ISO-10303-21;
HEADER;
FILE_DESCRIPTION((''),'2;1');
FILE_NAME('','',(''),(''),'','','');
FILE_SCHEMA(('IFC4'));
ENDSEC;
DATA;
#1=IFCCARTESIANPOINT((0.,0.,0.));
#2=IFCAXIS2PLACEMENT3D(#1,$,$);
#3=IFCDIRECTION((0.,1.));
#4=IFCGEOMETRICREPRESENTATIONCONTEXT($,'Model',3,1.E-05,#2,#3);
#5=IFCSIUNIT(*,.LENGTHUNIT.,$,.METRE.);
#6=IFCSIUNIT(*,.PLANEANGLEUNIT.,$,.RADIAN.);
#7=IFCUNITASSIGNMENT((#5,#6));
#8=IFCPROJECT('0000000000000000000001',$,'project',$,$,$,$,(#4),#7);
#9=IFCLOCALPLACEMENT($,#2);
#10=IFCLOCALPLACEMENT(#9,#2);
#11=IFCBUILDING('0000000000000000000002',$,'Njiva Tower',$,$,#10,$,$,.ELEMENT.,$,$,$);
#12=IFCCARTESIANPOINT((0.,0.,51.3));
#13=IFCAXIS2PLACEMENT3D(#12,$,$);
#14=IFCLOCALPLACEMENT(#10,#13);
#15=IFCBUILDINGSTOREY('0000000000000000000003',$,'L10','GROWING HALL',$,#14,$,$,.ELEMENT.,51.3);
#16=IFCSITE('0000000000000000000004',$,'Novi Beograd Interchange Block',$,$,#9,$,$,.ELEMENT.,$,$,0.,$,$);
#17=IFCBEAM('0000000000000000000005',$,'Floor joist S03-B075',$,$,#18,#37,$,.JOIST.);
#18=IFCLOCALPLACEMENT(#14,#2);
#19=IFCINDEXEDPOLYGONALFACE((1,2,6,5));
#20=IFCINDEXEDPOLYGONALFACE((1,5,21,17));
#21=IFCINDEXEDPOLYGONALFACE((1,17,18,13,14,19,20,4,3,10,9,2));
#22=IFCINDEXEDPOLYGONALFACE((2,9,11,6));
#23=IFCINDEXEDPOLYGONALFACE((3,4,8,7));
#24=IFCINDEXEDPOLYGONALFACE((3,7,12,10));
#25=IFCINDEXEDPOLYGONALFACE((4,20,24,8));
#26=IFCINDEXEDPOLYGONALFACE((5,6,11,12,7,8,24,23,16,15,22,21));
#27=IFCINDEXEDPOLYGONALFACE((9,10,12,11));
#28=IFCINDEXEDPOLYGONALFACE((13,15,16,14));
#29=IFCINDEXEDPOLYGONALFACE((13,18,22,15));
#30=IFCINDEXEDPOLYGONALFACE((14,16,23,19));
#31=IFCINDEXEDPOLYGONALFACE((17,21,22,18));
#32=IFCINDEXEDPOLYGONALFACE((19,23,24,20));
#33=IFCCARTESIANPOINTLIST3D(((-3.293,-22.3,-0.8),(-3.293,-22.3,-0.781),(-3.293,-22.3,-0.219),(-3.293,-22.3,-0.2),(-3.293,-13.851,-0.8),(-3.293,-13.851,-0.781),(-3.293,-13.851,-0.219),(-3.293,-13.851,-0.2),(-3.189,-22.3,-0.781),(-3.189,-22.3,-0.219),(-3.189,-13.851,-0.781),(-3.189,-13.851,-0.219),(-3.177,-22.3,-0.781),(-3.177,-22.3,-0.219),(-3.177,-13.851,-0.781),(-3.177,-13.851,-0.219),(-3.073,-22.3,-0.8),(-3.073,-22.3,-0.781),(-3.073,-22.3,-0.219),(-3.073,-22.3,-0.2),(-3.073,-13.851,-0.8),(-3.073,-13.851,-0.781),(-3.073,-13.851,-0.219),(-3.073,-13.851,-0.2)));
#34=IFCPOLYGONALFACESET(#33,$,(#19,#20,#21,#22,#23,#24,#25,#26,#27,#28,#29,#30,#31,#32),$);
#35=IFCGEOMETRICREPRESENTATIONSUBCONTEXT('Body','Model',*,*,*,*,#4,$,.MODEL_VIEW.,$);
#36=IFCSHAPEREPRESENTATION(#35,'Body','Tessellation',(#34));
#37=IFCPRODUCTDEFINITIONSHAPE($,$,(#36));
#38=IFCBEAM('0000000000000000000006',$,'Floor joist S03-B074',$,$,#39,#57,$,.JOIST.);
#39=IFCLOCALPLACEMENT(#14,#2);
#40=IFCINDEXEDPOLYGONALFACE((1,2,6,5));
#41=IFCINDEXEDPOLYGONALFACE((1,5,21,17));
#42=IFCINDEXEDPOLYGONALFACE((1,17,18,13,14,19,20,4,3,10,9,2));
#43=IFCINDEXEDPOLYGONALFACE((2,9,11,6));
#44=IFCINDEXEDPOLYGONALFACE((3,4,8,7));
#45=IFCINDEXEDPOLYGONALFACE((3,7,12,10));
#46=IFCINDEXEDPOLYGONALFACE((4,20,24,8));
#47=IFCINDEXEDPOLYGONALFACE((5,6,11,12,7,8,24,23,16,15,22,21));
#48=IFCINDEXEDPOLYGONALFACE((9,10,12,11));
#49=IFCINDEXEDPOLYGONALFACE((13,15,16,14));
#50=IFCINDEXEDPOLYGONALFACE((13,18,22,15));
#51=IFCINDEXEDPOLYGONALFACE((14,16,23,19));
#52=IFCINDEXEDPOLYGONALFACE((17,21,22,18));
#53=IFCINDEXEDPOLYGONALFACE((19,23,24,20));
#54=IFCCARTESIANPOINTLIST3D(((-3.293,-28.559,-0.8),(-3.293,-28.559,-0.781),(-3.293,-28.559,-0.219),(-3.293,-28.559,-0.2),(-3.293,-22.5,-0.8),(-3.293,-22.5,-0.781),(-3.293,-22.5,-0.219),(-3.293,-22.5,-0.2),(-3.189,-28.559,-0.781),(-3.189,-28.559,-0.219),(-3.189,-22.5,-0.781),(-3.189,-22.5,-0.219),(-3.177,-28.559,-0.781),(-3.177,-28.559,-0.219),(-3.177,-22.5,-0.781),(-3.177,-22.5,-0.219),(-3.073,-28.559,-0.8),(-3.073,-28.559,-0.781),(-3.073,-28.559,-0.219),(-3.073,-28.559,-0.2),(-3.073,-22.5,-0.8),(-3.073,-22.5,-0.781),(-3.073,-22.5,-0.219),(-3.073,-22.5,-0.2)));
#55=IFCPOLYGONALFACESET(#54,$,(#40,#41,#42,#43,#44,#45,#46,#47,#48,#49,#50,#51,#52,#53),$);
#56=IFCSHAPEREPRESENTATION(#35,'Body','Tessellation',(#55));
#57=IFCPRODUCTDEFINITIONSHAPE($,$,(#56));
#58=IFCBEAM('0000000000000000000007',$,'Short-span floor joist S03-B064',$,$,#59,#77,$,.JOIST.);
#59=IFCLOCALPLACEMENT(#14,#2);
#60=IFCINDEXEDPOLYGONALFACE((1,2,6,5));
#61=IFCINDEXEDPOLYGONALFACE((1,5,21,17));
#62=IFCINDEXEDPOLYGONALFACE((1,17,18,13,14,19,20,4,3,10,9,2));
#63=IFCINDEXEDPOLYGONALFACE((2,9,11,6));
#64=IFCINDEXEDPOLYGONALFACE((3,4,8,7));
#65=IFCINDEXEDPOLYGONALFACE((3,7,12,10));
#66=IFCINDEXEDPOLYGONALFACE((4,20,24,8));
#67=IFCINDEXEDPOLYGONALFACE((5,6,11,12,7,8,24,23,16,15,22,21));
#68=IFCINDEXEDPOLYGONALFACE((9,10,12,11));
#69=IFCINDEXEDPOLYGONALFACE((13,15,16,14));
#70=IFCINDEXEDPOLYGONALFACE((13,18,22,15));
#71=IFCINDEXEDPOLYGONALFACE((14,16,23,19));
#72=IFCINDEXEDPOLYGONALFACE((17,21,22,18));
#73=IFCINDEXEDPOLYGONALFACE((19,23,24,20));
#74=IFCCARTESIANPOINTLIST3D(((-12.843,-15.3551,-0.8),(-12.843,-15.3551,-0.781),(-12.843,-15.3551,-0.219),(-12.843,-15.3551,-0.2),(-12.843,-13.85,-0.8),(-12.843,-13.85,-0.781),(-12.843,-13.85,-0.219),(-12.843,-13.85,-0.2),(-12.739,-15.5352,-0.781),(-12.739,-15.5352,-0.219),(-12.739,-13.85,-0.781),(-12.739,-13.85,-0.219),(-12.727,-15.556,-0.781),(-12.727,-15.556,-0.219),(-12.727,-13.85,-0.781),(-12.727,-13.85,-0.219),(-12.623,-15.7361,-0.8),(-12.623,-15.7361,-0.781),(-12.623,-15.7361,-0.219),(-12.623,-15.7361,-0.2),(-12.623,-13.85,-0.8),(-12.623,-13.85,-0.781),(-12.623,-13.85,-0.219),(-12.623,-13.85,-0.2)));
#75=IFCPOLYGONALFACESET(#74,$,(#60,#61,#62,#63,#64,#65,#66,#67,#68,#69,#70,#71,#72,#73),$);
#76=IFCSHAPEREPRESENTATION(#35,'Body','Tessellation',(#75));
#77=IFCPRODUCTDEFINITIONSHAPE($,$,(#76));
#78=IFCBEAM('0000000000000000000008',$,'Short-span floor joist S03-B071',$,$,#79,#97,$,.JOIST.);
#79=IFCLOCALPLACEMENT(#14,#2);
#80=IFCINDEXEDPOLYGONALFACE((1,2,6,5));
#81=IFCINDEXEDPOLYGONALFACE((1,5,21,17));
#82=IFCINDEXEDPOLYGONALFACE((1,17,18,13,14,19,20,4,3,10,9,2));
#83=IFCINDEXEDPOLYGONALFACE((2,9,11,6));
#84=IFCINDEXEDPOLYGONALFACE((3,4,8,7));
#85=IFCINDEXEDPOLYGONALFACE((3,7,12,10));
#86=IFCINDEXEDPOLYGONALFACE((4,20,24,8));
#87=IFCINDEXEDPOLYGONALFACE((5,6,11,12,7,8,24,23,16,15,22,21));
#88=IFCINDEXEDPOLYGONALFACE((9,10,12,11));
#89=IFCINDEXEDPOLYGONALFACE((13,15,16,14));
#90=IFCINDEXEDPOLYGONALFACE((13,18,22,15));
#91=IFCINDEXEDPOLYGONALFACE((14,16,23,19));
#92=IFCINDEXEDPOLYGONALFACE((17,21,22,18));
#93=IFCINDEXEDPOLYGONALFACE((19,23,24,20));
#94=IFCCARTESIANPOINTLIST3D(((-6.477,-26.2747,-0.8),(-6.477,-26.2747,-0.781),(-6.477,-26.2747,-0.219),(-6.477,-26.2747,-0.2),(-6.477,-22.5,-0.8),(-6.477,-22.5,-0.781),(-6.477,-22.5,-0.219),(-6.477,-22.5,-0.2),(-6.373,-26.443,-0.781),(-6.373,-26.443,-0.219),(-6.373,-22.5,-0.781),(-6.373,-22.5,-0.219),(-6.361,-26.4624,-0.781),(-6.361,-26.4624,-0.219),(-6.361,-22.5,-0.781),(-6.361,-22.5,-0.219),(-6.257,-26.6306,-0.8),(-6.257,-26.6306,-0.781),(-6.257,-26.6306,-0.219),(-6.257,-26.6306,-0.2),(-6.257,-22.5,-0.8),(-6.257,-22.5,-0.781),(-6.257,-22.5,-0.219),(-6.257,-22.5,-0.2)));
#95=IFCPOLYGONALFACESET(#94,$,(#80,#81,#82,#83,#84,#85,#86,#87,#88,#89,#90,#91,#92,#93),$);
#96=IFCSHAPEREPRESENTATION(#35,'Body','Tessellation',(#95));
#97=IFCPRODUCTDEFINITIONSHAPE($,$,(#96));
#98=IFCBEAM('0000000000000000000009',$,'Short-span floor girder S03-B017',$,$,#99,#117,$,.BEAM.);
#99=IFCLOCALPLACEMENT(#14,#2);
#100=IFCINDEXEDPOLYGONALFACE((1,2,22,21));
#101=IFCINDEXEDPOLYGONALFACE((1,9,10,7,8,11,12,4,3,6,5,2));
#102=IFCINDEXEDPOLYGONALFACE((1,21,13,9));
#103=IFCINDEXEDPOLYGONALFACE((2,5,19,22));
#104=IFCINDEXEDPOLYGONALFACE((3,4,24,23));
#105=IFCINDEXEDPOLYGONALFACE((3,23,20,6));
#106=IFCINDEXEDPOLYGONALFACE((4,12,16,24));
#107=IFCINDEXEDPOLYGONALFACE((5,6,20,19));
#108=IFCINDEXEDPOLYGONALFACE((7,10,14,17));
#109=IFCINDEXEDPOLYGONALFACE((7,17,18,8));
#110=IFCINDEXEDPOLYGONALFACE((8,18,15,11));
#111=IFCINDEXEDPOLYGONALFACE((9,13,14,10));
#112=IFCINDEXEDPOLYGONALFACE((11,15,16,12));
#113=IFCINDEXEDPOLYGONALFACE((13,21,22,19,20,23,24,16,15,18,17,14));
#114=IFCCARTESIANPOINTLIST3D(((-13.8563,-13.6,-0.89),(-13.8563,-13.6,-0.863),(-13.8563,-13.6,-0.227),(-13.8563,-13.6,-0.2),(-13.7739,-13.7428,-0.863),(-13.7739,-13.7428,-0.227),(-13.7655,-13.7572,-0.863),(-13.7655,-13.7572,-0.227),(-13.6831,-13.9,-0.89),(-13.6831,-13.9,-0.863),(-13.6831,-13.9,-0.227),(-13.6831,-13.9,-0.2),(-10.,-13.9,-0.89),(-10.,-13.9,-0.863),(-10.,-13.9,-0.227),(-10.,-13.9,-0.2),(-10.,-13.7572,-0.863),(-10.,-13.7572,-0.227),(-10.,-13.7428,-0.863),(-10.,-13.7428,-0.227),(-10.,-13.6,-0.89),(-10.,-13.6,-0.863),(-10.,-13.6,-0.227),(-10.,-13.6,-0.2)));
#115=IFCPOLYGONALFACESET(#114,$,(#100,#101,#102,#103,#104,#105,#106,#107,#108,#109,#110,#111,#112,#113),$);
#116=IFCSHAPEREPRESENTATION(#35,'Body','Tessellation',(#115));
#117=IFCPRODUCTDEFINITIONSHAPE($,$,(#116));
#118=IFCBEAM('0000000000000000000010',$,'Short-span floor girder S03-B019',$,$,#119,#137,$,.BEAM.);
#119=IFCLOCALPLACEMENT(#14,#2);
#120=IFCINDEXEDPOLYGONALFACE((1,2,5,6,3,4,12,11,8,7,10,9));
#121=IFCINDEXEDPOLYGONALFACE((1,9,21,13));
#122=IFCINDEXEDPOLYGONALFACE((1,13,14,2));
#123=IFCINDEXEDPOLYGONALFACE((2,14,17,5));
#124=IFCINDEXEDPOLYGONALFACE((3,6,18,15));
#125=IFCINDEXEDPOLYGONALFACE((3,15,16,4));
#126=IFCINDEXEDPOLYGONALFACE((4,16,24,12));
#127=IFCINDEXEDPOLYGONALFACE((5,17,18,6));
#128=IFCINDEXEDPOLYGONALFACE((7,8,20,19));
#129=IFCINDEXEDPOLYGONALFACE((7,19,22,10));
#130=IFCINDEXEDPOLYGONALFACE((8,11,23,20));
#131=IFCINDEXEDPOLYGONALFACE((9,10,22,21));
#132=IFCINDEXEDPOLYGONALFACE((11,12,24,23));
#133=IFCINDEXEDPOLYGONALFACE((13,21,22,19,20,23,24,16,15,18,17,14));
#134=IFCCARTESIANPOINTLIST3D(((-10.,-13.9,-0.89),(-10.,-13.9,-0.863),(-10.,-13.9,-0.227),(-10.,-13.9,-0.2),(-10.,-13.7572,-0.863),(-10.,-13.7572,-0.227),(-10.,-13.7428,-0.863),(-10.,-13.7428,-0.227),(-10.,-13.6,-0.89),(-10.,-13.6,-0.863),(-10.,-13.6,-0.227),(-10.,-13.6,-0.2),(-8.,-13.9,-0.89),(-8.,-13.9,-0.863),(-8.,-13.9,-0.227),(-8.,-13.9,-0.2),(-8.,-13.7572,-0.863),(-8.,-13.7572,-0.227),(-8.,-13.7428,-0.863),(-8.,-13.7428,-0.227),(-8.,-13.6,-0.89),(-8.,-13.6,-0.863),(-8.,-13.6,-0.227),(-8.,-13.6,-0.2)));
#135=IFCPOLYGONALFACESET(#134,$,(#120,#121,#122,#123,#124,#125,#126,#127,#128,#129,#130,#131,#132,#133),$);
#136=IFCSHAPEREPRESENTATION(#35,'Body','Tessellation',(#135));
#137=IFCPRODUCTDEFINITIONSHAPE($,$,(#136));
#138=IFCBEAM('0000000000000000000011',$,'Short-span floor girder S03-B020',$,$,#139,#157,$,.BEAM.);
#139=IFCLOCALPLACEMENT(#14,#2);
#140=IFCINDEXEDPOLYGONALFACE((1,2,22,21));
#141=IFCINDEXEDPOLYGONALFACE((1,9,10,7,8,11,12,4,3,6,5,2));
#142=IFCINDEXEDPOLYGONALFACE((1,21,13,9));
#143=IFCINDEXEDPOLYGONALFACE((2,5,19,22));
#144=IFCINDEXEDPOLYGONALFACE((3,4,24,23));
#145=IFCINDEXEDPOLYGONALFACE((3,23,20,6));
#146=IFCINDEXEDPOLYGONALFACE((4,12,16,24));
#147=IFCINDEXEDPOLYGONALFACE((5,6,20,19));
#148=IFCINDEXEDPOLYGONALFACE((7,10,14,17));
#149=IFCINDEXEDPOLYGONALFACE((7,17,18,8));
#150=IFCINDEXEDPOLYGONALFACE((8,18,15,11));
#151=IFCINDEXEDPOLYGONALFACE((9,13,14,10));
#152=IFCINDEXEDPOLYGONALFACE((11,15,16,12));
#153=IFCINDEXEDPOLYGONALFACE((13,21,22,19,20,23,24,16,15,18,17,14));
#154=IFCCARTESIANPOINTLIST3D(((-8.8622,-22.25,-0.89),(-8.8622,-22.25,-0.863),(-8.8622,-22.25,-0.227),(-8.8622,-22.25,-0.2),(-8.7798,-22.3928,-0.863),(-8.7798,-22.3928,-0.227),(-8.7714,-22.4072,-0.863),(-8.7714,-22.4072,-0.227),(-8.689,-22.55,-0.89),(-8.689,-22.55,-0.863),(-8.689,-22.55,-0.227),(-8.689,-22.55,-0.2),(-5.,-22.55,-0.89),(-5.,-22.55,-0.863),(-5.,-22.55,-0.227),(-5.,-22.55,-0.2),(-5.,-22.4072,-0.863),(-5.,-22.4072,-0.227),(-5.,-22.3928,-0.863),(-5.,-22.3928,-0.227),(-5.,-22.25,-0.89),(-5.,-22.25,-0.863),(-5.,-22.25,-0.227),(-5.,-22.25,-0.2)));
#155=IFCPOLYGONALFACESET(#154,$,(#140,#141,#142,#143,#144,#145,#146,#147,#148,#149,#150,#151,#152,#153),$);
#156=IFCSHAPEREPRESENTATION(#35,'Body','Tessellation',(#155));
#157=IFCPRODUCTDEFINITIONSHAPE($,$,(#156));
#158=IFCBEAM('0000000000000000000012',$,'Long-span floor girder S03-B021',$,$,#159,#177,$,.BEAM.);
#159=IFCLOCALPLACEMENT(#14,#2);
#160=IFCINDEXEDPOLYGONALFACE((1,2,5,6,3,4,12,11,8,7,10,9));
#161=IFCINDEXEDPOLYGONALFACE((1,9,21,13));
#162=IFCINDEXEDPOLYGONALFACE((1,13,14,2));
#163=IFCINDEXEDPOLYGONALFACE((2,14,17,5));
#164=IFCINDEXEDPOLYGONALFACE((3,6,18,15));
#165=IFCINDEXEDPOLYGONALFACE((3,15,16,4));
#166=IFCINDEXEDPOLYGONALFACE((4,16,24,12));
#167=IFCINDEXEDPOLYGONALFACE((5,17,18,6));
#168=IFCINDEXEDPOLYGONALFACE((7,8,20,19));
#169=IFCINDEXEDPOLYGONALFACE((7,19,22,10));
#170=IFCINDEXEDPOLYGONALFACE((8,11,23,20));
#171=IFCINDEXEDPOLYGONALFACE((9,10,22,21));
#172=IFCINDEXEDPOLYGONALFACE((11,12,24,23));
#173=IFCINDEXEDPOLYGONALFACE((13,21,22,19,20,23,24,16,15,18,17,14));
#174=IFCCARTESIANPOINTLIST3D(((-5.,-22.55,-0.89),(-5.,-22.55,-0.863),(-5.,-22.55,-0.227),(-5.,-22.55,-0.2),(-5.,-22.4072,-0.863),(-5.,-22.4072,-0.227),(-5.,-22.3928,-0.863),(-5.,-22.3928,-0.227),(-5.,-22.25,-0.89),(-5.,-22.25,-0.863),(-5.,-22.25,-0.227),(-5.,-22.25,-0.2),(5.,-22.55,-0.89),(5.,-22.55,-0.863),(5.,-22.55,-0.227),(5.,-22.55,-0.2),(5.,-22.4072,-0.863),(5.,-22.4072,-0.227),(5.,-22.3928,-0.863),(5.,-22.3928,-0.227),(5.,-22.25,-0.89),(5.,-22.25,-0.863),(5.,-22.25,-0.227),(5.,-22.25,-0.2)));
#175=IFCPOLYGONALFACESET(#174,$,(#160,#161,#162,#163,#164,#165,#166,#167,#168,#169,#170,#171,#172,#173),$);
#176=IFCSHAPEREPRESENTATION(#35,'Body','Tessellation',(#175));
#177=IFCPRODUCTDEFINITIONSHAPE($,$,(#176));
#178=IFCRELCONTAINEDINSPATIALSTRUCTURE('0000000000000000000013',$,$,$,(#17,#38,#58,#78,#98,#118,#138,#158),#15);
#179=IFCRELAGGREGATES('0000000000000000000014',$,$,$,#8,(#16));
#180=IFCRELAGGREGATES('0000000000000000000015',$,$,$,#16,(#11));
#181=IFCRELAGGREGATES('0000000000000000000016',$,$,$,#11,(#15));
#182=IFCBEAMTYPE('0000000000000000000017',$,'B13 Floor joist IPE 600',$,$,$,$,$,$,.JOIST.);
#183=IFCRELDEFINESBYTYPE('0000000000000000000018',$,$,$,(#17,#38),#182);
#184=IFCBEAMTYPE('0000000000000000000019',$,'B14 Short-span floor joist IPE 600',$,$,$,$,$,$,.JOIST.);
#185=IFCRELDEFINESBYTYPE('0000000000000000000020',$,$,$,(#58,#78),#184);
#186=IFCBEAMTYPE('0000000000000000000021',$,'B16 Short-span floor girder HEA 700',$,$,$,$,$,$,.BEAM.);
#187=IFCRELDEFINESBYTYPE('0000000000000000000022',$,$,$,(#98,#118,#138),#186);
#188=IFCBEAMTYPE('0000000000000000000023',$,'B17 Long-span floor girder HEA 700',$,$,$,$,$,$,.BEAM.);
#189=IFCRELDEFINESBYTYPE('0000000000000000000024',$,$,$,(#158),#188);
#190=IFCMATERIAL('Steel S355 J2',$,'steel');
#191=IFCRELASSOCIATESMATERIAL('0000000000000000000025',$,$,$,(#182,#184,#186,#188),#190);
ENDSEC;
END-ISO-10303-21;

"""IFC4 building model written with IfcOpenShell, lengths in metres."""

from ifc_helpers import new_model, si_unit, direction, frame, origin, origin_2d, place, context, subcontext, project, spatial, i_section, extrude, clip, halfspace, material, material_profile, profile_set, type_object, element, save


model = new_model("IFC4")

# Units and contexts
model_context = context("Model", 3, precision=1e-05, world=origin(), true_north=direction((0.0, 1.0)))
body_context = subcontext(model_context, "Body", "Model", "MODEL_VIEW")
ifc_project = project(units=[si_unit("LENGTHUNIT", "METRE"), si_unit("PLANEANGLEUNIT", "RADIAN")], contexts=[model_context])

# Site, building, storey
site_placement = place(None, origin())
site = spatial("IfcSite", under=ifc_project, at=site_placement, Name="Novi Beograd Interchange Block", CompositionType="ELEMENT", RefElevation=0.0)
building_placement = place(site_placement, origin())
building = spatial("IfcBuilding", under=site, at=building_placement, Name="Njiva Tower", CompositionType="ELEMENT")
storey_placement = place(building_placement, frame((0.0, 0.0, 51.3)))
storey = spatial("IfcBuildingStorey", under=building, at=storey_placement, Name="L10", Description="GROWING HALL", CompositionType="ELEMENT", Elevation=51.3)

# Shared definitions
ifc_material_1 = material(Name="Steel S355 J2", Category="steel")

# Beams
ifc_material_profile_1 = material_profile(ifc_material_1, i_section(OverallWidth=0.22, OverallDepth=0.6, WebThickness=0.012, FlangeThickness=0.019, at=origin_2d()), Name="IPE 600")
ifc_profile_set_1 = profile_set([ifc_material_profile_1], Name="Steel S355 J2")
beam_type_1 = type_object("IfcBeamType", Name="B13 Floor joist IPE 600", PredefinedType="JOIST", material=ifc_profile_set_1)
for number, where, z_axis, x_axis, name in (
    (1, (-3.183, -13.851, -0.5), (0.0, -1.0, 0.0), (1.0, 0.0, 0.0), "Floor joist S03-B075"),
):
    element("IfcBeam", number, at=place(storey_placement, frame(where, z_axis=z_axis, x_axis=x_axis)), inside=storey, type_object=beam_type_1, Name=name, PredefinedType="JOIST", context=body_context, shape_type="SweptSolid", body=[
        extrude(i_section(OverallWidth=0.22, OverallDepth=0.6, WebThickness=0.012, FlangeThickness=0.019, at=origin_2d()), origin(), (0.0, 0.0, 1.0), 8.449),
    ])
beam_1_placement = place(storey_placement, frame((-3.183, -22.5, -0.5), z_axis=(0.0, -1.0, 0.0), x_axis=(1.0, 0.0, 0.0)))
element("IfcBeam", 2, at=beam_1_placement, inside=storey, type_object=beam_type_1, Name="Floor joist S03-B074", PredefinedType="JOIST", context=body_context, shape_type="SweptSolid", body=[
    extrude(i_section(OverallWidth=0.22, OverallDepth=0.6, WebThickness=0.012, FlangeThickness=0.019, at=origin_2d()), origin(), (0.0, 0.0, 1.0), 6.059),
])
ifc_material_profile_2 = material_profile(ifc_material_1, i_section(OverallWidth=0.22, OverallDepth=0.6, WebThickness=0.012, FlangeThickness=0.019, at=origin_2d()), Name="IPE 600")
ifc_profile_set_2 = profile_set([ifc_material_profile_2], Name="Steel S355 J2")
beam_type_2 = type_object("IfcBeamType", Name="B14 Short-span floor joist IPE 600", PredefinedType="JOIST", material=ifc_profile_set_2)
beam_2_placement = place(storey_placement, frame((-12.733, -13.85, -0.5), z_axis=(0.0, -1.0, 0.0), x_axis=(1.0, 0.0, 0.0)))
element("IfcBeam", 3, at=beam_2_placement, inside=storey, type_object=beam_type_2, Name="Short-span floor joist S03-B064", PredefinedType="JOIST", context=body_context, shape_type="Clipping", body=[
    clip(extrude(i_section(OverallWidth=0.22, OverallDepth=0.6, WebThickness=0.012, FlangeThickness=0.019, at=origin_2d()), origin(), (0.0, 0.0, 1.0), 1.906), halfspace(frame((-0.0436, 0.0, 1.6201), z_axis=(-0.866027, 0.0, 0.499998), x_axis=(0.0, 1.0, 0.0)), False)),
])
beam_3_placement = place(storey_placement, frame((-6.367, -22.5, -0.5), z_axis=(0.0, -1.0, 0.0), x_axis=(1.0, 0.0, 0.0)))
element("IfcBeam", 4, at=beam_3_placement, inside=storey, type_object=beam_type_2, Name="Short-span floor joist S03-B071", PredefinedType="JOIST", context=body_context, shape_type="Clipping", body=[
    clip(extrude(i_section(OverallWidth=0.22, OverallDepth=0.6, WebThickness=0.012, FlangeThickness=0.019, at=origin_2d()), origin(), (0.0, 0.0, 1.0), 4.151), halfspace(frame((-0.0422, 0.0, 3.8844), z_axis=(-0.85062, 0.0, 0.52578), x_axis=(0.0, 1.0, 0.0)), False)),
])
ifc_material_profile_3 = material_profile(ifc_material_1, i_section(OverallWidth=0.3, OverallDepth=0.69, WebThickness=0.0145, FlangeThickness=0.027, at=origin_2d()), Name="HEA 700")
ifc_profile_set_3 = profile_set([ifc_material_profile_3], Name="Steel S355 J2")
beam_type_3 = type_object("IfcBeamType", Name="B16 Short-span floor girder HEA 700", PredefinedType="BEAM", material=ifc_profile_set_3)
beam_4_placement = place(storey_placement, frame((-13.877, -13.75, -0.545), z_axis=(1.0, 0.0, 0.0), x_axis=(0.0, 1.0, 0.0)))
element("IfcBeam", 5, at=beam_4_placement, inside=storey, type_object=beam_type_3, Name="Short-span floor girder S03-B017", PredefinedType="BEAM", context=body_context, shape_type="Clipping", body=[
    clip(extrude(i_section(OverallWidth=0.3, OverallDepth=0.69, WebThickness=0.0145, FlangeThickness=0.027, at=origin_2d()), origin(), (0.0, 0.0, 1.0), 3.877), halfspace(frame((-0.025, 0.0, 0.1217), z_axis=(-0.499998, 0.0, -0.866027), x_axis=(0.0, -1.0, 0.0)), False)),
])
beam_5_placement = place(storey_placement, frame((-10.0, -13.75, -0.545), z_axis=(1.0, 0.0, 0.0), x_axis=(0.0, 1.0, 0.0)))
element("IfcBeam", 6, at=beam_5_placement, inside=storey, type_object=beam_type_3, Name="Short-span floor girder S03-B019", PredefinedType="BEAM", context=body_context, shape_type="SweptSolid", body=[
    extrude(i_section(OverallWidth=0.3, OverallDepth=0.69, WebThickness=0.0145, FlangeThickness=0.027, at=origin_2d()), origin(), (0.0, 0.0, 1.0), 2.0),
])
beam_6_placement = place(storey_placement, frame((-8.883, -22.4, -0.545), z_axis=(1.0, 0.0, 0.0), x_axis=(0.0, 1.0, 0.0)))
element("IfcBeam", 7, at=beam_6_placement, inside=storey, type_object=beam_type_3, Name="Short-span floor girder S03-B020", PredefinedType="BEAM", context=body_context, shape_type="Clipping", body=[
    clip(extrude(i_section(OverallWidth=0.3, OverallDepth=0.69, WebThickness=0.0145, FlangeThickness=0.027, at=origin_2d()), origin(), (0.0, 0.0, 1.0), 3.883), halfspace(frame((-0.025, 0.0, 0.1218), z_axis=(-0.499998, 0.0, -0.866027), x_axis=(0.0, -1.0, 0.0)), False)),
])
ifc_material_profile_4 = material_profile(ifc_material_1, i_section(OverallWidth=0.3, OverallDepth=0.69, WebThickness=0.0145, FlangeThickness=0.027, at=origin_2d()), Name="HEA 700")
ifc_profile_set_4 = profile_set([ifc_material_profile_4], Name="Steel S355 J2")
beam_type_4 = type_object("IfcBeamType", Name="B17 Long-span floor girder HEA 700", PredefinedType="BEAM", material=ifc_profile_set_4)
beam_7_placement = place(storey_placement, frame((-5.0, -22.4, -0.545), z_axis=(1.0, 0.0, 0.0), x_axis=(0.0, 1.0, 0.0)))
element("IfcBeam", 8, at=beam_7_placement, inside=storey, type_object=beam_type_4, Name="Long-span floor girder S03-B021", PredefinedType="BEAM", context=body_context, shape_type="SweptSolid", body=[
    extrude(i_section(OverallWidth=0.3, OverallDepth=0.69, WebThickness=0.0145, FlangeThickness=0.027, at=origin_2d()), origin(), (0.0, 0.0, 1.0), 10.0),
])

save(model, "model.ifc")
